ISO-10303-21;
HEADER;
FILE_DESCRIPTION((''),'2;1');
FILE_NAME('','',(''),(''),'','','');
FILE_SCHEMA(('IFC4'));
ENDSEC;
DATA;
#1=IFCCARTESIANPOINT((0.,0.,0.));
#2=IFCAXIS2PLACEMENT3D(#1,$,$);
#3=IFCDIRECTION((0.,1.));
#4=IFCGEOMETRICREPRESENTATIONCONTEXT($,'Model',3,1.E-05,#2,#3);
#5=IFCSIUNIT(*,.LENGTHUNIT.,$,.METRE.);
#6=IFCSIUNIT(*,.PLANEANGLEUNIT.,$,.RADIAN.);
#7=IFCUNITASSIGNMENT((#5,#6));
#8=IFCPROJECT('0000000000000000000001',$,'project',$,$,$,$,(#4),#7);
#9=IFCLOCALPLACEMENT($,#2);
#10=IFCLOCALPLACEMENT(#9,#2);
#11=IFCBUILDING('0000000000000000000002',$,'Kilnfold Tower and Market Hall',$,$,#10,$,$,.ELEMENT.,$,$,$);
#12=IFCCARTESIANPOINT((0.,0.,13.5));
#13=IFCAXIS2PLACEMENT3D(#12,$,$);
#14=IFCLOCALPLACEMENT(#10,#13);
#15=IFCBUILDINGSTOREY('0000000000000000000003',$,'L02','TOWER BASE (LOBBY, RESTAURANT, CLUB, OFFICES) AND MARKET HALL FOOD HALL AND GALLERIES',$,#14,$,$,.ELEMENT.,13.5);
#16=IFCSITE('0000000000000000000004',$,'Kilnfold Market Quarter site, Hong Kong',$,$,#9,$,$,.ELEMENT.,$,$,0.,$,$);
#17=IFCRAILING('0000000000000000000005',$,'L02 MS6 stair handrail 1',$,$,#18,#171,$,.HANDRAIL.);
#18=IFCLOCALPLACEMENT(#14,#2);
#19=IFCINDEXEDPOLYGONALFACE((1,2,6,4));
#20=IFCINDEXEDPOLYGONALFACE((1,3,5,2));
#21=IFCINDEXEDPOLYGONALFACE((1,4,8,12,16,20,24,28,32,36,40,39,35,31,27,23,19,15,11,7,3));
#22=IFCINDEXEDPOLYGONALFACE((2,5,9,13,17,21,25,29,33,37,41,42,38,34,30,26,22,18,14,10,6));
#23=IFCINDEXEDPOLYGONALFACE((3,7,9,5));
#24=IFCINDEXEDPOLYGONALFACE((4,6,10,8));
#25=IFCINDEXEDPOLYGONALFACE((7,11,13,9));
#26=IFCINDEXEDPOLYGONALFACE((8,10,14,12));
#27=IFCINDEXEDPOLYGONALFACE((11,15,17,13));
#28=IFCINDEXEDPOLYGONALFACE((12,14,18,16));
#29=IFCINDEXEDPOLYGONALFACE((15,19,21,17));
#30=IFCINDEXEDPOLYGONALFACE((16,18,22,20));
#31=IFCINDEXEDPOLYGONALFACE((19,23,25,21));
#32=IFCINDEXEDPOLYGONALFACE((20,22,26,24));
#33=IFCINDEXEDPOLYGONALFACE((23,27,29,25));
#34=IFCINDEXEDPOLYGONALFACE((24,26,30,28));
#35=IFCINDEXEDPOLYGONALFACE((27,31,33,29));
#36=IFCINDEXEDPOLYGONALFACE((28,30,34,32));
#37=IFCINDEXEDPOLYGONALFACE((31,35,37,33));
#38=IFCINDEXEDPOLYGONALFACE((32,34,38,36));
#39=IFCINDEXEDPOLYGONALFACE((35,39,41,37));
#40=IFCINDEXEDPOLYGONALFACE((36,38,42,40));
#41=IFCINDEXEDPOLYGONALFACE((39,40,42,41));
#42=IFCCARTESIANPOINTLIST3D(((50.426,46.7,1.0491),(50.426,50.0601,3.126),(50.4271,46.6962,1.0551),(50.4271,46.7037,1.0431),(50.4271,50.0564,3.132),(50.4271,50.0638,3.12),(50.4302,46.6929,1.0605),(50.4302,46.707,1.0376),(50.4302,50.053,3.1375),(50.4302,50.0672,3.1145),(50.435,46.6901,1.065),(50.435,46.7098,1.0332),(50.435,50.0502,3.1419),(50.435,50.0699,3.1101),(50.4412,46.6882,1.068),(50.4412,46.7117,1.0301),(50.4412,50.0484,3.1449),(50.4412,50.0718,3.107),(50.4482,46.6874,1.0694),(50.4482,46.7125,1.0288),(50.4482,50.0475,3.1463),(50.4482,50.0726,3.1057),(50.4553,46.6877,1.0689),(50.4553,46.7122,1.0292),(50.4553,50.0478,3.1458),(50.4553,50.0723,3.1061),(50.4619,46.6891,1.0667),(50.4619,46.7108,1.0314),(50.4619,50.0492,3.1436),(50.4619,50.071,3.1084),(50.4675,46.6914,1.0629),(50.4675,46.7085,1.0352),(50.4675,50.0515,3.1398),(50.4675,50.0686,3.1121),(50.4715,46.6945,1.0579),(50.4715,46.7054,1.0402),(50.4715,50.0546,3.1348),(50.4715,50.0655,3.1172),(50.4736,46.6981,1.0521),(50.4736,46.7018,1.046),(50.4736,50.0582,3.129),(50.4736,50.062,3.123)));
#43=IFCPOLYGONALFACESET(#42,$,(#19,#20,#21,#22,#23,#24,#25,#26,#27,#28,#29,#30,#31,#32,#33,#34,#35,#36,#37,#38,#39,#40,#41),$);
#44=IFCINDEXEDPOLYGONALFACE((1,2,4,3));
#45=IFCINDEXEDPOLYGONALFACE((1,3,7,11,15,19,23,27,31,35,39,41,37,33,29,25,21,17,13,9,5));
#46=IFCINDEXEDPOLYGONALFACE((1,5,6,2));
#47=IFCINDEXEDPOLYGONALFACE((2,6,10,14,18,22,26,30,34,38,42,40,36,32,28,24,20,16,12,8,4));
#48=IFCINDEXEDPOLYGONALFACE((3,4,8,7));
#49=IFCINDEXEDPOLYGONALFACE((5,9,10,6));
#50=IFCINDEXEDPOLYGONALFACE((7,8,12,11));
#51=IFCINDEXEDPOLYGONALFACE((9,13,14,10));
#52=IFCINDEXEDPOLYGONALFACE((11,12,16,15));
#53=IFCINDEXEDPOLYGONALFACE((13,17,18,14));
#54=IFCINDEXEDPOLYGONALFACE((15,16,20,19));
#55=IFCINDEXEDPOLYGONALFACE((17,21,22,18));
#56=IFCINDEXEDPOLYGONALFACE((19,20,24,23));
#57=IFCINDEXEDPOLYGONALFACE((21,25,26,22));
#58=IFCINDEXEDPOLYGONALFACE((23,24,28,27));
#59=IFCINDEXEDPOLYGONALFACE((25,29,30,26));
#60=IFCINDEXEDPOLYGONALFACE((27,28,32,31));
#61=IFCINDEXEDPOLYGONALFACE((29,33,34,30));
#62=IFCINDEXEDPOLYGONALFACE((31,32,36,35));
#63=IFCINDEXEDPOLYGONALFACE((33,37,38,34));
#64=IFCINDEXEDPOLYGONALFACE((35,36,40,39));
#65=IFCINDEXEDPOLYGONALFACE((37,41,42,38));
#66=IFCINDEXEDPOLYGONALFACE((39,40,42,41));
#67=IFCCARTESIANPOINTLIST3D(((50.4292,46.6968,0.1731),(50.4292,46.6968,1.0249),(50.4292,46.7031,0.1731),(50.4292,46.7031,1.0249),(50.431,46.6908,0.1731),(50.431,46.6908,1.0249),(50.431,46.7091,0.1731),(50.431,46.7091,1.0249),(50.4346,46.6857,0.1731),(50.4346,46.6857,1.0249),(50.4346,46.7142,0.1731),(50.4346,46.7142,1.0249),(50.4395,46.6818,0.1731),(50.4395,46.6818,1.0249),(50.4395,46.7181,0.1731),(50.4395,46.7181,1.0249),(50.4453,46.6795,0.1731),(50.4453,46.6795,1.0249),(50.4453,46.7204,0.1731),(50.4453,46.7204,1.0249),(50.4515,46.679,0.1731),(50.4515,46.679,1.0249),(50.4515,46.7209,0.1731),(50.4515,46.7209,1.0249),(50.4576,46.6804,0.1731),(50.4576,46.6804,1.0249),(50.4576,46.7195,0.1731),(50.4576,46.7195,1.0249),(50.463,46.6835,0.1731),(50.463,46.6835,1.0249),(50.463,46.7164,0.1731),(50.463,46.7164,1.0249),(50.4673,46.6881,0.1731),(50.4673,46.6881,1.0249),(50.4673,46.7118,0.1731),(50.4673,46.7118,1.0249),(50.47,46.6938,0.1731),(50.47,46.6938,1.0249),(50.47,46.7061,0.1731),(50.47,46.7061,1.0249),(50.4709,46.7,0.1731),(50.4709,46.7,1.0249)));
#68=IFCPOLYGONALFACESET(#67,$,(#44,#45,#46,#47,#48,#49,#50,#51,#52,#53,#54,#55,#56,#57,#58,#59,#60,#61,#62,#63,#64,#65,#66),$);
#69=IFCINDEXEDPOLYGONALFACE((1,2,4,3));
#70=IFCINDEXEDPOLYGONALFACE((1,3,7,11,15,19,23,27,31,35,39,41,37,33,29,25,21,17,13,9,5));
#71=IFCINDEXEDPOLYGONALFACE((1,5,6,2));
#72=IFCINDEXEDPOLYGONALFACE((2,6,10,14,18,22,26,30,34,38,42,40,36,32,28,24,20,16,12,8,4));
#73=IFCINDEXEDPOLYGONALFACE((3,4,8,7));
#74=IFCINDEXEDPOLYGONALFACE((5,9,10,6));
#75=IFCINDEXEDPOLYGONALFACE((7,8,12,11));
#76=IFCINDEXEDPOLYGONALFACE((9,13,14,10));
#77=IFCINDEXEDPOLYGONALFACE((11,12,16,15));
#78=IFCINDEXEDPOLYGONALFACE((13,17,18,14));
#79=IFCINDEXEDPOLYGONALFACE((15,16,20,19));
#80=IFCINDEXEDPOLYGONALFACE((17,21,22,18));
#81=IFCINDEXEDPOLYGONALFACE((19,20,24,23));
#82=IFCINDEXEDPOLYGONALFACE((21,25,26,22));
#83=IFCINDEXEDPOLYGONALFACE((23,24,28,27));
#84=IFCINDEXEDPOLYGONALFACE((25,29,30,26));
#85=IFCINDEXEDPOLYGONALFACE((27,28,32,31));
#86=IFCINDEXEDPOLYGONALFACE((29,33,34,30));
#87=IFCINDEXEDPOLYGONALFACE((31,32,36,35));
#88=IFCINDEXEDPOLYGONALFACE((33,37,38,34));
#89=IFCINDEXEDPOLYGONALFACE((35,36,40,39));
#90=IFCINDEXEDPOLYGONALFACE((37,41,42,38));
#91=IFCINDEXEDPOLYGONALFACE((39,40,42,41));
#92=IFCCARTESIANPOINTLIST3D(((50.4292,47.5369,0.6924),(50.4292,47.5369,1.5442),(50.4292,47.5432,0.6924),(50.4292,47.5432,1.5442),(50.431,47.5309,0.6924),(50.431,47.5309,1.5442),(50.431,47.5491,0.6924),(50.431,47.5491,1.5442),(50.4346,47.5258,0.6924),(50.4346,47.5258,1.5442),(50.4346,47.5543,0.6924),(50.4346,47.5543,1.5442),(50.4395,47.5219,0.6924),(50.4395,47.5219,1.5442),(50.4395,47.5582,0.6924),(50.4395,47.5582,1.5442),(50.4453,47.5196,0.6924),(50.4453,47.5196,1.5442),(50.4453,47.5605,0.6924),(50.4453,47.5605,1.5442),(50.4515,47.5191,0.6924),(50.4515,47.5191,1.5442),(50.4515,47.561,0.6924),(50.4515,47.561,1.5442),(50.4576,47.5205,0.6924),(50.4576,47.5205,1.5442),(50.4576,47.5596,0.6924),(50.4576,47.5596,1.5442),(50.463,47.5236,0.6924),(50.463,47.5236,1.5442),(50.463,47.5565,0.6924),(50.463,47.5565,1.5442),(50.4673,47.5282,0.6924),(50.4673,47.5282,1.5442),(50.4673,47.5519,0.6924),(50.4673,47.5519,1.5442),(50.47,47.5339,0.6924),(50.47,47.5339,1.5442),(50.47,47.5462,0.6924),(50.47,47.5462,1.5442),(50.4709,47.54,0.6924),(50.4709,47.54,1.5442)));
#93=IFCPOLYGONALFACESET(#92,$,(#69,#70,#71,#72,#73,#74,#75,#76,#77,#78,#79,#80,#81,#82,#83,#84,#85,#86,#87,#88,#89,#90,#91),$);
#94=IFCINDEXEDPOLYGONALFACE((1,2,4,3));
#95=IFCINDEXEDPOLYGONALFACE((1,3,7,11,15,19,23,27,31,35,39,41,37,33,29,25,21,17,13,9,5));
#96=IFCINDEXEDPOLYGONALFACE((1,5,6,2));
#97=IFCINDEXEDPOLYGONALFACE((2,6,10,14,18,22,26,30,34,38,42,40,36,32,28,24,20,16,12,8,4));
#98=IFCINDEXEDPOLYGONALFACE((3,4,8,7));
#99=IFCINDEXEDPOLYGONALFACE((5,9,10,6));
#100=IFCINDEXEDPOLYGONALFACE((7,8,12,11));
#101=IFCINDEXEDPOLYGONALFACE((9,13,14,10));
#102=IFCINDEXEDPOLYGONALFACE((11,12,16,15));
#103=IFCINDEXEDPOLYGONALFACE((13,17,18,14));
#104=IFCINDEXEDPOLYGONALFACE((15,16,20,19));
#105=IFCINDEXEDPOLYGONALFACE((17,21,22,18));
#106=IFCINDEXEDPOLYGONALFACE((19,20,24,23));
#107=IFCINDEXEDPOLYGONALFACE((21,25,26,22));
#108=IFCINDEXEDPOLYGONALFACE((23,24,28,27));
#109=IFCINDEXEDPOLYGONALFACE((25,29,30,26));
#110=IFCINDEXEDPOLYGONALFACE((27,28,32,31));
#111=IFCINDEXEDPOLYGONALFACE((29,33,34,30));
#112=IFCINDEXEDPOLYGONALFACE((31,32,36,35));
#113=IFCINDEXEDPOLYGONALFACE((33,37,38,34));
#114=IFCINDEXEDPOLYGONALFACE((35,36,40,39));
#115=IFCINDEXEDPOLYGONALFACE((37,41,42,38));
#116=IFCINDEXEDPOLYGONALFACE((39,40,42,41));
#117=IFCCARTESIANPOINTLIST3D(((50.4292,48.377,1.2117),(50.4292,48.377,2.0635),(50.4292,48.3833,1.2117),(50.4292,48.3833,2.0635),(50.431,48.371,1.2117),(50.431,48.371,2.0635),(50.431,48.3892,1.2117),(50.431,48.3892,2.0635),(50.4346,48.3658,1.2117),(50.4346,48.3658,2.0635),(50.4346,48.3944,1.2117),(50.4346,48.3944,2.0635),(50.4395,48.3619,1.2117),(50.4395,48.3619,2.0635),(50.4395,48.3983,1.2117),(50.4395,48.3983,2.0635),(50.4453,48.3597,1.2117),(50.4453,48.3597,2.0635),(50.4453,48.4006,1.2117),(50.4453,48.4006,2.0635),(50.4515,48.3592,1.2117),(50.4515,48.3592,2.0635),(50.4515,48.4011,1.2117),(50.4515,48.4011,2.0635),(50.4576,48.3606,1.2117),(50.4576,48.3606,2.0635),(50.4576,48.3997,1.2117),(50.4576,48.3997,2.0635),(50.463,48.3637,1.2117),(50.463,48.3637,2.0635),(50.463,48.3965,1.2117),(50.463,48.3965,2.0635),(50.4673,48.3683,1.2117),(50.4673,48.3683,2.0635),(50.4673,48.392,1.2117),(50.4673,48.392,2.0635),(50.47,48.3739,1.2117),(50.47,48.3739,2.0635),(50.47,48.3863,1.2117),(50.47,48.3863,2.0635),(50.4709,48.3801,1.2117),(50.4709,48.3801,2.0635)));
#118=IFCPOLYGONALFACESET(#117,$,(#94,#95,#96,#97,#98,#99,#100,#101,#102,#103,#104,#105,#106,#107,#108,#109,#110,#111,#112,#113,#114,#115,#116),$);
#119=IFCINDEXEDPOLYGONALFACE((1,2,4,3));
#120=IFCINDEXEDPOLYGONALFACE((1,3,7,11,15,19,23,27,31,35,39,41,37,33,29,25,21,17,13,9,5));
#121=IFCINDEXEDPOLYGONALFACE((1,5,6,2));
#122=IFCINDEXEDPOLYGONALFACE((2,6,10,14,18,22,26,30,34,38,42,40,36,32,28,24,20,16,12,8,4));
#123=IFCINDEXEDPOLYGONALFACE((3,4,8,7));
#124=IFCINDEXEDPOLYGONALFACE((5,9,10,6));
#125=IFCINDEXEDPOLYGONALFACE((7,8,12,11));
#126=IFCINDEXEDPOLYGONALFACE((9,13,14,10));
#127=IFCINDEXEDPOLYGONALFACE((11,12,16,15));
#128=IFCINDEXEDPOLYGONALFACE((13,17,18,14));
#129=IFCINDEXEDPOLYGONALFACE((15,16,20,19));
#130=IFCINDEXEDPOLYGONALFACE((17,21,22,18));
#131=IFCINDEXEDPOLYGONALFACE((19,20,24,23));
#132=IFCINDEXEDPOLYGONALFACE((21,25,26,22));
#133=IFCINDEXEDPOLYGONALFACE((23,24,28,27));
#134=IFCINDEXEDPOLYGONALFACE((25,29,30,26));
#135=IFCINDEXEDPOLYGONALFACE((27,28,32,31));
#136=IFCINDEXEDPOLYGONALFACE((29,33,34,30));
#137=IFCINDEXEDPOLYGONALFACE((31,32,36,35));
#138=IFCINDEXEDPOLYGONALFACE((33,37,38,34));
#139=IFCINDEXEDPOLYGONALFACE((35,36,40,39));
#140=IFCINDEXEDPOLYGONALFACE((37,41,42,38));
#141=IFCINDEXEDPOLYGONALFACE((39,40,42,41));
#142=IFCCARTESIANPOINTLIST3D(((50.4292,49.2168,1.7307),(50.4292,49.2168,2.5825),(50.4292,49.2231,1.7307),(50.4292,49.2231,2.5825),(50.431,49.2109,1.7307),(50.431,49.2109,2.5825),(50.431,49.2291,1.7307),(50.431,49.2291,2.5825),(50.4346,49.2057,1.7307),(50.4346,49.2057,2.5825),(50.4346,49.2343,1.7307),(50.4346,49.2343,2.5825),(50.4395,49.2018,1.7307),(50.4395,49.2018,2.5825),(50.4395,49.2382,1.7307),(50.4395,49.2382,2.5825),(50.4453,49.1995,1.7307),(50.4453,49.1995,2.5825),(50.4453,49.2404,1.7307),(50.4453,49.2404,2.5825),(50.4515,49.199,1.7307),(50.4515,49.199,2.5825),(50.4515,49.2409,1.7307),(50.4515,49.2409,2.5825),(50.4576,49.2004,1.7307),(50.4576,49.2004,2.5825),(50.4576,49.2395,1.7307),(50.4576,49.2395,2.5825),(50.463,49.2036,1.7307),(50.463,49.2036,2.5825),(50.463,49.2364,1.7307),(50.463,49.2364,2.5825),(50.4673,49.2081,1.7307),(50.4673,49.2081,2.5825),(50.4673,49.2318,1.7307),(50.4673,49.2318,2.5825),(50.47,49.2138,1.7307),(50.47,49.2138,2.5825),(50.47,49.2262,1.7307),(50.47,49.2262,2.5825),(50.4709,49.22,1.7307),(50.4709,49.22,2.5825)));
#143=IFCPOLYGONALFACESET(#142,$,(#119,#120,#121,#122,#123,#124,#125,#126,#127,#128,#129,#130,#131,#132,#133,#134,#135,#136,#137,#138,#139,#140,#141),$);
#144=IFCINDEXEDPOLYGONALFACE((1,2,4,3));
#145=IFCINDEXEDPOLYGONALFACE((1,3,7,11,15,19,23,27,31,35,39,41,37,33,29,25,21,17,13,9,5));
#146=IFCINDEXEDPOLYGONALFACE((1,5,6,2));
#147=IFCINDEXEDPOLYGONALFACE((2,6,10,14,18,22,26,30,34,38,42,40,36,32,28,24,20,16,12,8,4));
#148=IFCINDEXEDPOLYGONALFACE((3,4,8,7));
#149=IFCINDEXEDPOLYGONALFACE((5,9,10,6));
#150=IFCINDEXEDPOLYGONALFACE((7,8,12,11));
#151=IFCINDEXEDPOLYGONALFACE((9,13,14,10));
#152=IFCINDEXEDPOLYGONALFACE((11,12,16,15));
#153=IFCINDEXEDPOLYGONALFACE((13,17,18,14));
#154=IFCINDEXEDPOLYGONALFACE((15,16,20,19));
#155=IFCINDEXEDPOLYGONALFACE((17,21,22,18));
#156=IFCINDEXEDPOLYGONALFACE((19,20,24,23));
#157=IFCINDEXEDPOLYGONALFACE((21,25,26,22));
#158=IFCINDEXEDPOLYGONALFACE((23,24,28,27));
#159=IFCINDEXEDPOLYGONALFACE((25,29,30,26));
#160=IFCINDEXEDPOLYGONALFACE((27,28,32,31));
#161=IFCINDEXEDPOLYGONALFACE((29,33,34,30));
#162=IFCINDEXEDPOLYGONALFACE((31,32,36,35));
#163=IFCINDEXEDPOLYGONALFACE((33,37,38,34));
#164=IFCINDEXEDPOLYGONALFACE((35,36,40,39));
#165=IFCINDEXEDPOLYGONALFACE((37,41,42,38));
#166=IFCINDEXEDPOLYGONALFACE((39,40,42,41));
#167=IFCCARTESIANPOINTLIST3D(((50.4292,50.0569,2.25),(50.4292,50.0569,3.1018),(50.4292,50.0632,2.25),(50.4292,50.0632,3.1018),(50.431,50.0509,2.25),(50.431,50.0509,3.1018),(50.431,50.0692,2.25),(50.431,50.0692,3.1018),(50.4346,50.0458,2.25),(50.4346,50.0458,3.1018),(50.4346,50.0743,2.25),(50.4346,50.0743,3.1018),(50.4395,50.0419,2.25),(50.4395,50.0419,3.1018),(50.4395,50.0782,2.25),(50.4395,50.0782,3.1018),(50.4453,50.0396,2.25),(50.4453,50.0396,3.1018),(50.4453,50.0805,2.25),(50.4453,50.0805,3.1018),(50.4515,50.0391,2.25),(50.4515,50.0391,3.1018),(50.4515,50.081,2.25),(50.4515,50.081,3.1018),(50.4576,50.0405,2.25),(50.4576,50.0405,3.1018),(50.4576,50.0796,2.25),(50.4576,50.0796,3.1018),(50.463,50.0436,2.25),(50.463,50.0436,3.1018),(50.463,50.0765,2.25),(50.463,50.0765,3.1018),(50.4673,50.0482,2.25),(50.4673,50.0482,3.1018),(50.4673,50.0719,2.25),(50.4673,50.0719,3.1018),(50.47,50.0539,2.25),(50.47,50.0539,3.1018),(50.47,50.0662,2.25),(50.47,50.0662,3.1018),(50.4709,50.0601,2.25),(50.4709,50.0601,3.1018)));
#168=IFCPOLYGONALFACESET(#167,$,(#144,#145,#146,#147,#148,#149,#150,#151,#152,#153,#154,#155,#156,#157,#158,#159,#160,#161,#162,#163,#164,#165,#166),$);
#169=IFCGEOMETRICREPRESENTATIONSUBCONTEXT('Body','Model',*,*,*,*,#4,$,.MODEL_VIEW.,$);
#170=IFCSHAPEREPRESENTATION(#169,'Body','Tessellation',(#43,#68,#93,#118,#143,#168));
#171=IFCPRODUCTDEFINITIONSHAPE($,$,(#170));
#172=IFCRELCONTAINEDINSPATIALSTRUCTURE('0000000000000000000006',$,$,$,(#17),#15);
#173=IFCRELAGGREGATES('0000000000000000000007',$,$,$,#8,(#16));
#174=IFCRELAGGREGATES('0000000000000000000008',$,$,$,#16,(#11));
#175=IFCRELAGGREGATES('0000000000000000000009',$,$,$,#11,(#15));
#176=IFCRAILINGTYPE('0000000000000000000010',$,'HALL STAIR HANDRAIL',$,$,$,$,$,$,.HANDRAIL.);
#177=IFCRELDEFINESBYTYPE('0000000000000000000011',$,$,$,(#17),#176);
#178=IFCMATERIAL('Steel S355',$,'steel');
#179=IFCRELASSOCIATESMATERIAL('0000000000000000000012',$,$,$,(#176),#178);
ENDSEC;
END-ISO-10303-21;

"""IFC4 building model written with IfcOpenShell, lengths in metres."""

from ifc_helpers import new_model, si_unit, direction, frame, origin, origin_2d, place, context, subcontext, project, spatial, circle, extrude, material, type_object, element, save


model = new_model("IFC4")

# Units and contexts
model_context = context("Model", 3, precision=1e-05, world=origin(), true_north=direction((0.0, 1.0)))
body_context = subcontext(model_context, "Body", "Model", "MODEL_VIEW")
ifc_project = project(units=[si_unit("LENGTHUNIT", "METRE"), si_unit("PLANEANGLEUNIT", "RADIAN")], contexts=[model_context])

# Site, building, storey
site_placement = place(None, origin())
site = spatial("IfcSite", under=ifc_project, at=site_placement, Name="Kilnfold Market Quarter site, Hong Kong", CompositionType="ELEMENT", RefElevation=0.0)
building_placement = place(site_placement, origin())
building = spatial("IfcBuilding", under=site, at=building_placement, Name="Kilnfold Tower and Market Hall", CompositionType="ELEMENT")
storey_placement = place(building_placement, frame((0.0, 0.0, 13.5)))
storey = spatial("IfcBuildingStorey", under=building, at=storey_placement, Name="L02", Description="TOWER BASE (LOBBY, RESTAURANT, CLUB, OFFICES) AND MARKET HALL FOOD HALL AND GALLERIES", CompositionType="ELEMENT", Elevation=13.5)

# Railing
ifc_material_1 = material(Name="Steel S355", Category="steel")
railing_type_1 = type_object("IfcRailingType", Name="HALL STAIR HANDRAIL", PredefinedType="HANDRAIL", material=ifc_material_1)
railing_1_placement = place(storey_placement, frame((50.45, 46.7, 0.1731)))
element("IfcRailing", 1, at=railing_1_placement, inside=storey, type_object=railing_type_1, Name="L02 MS6 stair handrail 1", PredefinedType="HANDRAIL", context=body_context, shape_type="SweptSolid", body=[
    extrude(circle(Radius=0.0239, at=origin_2d()), frame((0.0, 0.0, 0.876), z_axis=(0.0, 0.850623, 0.525776), x_axis=(-1.0, 0.0, 0.0)), (0.0, 0.0, 1.0), 3.9502),
    extrude(circle(Radius=0.021, at=origin_2d()), origin(), (0.0, 0.0, 1.0), 0.8518),
    extrude(circle(Radius=0.021, at=origin_2d()), frame((0.0, 0.8401, 0.5193)), (0.0, 0.0, 1.0), 0.8518),
    extrude(circle(Radius=0.021, at=origin_2d()), frame((0.0, 1.6802, 1.0386)), (0.0, 0.0, 1.0), 0.8518),
    extrude(circle(Radius=0.021, at=origin_2d()), frame((0.0, 2.52, 1.5576)), (0.0, 0.0, 1.0), 0.8518),
    extrude(circle(Radius=0.021, at=origin_2d()), frame((0.0, 3.3601, 2.0769)), (0.0, 0.0, 1.0), 0.8518),
])

save(model, "model.ifc")
